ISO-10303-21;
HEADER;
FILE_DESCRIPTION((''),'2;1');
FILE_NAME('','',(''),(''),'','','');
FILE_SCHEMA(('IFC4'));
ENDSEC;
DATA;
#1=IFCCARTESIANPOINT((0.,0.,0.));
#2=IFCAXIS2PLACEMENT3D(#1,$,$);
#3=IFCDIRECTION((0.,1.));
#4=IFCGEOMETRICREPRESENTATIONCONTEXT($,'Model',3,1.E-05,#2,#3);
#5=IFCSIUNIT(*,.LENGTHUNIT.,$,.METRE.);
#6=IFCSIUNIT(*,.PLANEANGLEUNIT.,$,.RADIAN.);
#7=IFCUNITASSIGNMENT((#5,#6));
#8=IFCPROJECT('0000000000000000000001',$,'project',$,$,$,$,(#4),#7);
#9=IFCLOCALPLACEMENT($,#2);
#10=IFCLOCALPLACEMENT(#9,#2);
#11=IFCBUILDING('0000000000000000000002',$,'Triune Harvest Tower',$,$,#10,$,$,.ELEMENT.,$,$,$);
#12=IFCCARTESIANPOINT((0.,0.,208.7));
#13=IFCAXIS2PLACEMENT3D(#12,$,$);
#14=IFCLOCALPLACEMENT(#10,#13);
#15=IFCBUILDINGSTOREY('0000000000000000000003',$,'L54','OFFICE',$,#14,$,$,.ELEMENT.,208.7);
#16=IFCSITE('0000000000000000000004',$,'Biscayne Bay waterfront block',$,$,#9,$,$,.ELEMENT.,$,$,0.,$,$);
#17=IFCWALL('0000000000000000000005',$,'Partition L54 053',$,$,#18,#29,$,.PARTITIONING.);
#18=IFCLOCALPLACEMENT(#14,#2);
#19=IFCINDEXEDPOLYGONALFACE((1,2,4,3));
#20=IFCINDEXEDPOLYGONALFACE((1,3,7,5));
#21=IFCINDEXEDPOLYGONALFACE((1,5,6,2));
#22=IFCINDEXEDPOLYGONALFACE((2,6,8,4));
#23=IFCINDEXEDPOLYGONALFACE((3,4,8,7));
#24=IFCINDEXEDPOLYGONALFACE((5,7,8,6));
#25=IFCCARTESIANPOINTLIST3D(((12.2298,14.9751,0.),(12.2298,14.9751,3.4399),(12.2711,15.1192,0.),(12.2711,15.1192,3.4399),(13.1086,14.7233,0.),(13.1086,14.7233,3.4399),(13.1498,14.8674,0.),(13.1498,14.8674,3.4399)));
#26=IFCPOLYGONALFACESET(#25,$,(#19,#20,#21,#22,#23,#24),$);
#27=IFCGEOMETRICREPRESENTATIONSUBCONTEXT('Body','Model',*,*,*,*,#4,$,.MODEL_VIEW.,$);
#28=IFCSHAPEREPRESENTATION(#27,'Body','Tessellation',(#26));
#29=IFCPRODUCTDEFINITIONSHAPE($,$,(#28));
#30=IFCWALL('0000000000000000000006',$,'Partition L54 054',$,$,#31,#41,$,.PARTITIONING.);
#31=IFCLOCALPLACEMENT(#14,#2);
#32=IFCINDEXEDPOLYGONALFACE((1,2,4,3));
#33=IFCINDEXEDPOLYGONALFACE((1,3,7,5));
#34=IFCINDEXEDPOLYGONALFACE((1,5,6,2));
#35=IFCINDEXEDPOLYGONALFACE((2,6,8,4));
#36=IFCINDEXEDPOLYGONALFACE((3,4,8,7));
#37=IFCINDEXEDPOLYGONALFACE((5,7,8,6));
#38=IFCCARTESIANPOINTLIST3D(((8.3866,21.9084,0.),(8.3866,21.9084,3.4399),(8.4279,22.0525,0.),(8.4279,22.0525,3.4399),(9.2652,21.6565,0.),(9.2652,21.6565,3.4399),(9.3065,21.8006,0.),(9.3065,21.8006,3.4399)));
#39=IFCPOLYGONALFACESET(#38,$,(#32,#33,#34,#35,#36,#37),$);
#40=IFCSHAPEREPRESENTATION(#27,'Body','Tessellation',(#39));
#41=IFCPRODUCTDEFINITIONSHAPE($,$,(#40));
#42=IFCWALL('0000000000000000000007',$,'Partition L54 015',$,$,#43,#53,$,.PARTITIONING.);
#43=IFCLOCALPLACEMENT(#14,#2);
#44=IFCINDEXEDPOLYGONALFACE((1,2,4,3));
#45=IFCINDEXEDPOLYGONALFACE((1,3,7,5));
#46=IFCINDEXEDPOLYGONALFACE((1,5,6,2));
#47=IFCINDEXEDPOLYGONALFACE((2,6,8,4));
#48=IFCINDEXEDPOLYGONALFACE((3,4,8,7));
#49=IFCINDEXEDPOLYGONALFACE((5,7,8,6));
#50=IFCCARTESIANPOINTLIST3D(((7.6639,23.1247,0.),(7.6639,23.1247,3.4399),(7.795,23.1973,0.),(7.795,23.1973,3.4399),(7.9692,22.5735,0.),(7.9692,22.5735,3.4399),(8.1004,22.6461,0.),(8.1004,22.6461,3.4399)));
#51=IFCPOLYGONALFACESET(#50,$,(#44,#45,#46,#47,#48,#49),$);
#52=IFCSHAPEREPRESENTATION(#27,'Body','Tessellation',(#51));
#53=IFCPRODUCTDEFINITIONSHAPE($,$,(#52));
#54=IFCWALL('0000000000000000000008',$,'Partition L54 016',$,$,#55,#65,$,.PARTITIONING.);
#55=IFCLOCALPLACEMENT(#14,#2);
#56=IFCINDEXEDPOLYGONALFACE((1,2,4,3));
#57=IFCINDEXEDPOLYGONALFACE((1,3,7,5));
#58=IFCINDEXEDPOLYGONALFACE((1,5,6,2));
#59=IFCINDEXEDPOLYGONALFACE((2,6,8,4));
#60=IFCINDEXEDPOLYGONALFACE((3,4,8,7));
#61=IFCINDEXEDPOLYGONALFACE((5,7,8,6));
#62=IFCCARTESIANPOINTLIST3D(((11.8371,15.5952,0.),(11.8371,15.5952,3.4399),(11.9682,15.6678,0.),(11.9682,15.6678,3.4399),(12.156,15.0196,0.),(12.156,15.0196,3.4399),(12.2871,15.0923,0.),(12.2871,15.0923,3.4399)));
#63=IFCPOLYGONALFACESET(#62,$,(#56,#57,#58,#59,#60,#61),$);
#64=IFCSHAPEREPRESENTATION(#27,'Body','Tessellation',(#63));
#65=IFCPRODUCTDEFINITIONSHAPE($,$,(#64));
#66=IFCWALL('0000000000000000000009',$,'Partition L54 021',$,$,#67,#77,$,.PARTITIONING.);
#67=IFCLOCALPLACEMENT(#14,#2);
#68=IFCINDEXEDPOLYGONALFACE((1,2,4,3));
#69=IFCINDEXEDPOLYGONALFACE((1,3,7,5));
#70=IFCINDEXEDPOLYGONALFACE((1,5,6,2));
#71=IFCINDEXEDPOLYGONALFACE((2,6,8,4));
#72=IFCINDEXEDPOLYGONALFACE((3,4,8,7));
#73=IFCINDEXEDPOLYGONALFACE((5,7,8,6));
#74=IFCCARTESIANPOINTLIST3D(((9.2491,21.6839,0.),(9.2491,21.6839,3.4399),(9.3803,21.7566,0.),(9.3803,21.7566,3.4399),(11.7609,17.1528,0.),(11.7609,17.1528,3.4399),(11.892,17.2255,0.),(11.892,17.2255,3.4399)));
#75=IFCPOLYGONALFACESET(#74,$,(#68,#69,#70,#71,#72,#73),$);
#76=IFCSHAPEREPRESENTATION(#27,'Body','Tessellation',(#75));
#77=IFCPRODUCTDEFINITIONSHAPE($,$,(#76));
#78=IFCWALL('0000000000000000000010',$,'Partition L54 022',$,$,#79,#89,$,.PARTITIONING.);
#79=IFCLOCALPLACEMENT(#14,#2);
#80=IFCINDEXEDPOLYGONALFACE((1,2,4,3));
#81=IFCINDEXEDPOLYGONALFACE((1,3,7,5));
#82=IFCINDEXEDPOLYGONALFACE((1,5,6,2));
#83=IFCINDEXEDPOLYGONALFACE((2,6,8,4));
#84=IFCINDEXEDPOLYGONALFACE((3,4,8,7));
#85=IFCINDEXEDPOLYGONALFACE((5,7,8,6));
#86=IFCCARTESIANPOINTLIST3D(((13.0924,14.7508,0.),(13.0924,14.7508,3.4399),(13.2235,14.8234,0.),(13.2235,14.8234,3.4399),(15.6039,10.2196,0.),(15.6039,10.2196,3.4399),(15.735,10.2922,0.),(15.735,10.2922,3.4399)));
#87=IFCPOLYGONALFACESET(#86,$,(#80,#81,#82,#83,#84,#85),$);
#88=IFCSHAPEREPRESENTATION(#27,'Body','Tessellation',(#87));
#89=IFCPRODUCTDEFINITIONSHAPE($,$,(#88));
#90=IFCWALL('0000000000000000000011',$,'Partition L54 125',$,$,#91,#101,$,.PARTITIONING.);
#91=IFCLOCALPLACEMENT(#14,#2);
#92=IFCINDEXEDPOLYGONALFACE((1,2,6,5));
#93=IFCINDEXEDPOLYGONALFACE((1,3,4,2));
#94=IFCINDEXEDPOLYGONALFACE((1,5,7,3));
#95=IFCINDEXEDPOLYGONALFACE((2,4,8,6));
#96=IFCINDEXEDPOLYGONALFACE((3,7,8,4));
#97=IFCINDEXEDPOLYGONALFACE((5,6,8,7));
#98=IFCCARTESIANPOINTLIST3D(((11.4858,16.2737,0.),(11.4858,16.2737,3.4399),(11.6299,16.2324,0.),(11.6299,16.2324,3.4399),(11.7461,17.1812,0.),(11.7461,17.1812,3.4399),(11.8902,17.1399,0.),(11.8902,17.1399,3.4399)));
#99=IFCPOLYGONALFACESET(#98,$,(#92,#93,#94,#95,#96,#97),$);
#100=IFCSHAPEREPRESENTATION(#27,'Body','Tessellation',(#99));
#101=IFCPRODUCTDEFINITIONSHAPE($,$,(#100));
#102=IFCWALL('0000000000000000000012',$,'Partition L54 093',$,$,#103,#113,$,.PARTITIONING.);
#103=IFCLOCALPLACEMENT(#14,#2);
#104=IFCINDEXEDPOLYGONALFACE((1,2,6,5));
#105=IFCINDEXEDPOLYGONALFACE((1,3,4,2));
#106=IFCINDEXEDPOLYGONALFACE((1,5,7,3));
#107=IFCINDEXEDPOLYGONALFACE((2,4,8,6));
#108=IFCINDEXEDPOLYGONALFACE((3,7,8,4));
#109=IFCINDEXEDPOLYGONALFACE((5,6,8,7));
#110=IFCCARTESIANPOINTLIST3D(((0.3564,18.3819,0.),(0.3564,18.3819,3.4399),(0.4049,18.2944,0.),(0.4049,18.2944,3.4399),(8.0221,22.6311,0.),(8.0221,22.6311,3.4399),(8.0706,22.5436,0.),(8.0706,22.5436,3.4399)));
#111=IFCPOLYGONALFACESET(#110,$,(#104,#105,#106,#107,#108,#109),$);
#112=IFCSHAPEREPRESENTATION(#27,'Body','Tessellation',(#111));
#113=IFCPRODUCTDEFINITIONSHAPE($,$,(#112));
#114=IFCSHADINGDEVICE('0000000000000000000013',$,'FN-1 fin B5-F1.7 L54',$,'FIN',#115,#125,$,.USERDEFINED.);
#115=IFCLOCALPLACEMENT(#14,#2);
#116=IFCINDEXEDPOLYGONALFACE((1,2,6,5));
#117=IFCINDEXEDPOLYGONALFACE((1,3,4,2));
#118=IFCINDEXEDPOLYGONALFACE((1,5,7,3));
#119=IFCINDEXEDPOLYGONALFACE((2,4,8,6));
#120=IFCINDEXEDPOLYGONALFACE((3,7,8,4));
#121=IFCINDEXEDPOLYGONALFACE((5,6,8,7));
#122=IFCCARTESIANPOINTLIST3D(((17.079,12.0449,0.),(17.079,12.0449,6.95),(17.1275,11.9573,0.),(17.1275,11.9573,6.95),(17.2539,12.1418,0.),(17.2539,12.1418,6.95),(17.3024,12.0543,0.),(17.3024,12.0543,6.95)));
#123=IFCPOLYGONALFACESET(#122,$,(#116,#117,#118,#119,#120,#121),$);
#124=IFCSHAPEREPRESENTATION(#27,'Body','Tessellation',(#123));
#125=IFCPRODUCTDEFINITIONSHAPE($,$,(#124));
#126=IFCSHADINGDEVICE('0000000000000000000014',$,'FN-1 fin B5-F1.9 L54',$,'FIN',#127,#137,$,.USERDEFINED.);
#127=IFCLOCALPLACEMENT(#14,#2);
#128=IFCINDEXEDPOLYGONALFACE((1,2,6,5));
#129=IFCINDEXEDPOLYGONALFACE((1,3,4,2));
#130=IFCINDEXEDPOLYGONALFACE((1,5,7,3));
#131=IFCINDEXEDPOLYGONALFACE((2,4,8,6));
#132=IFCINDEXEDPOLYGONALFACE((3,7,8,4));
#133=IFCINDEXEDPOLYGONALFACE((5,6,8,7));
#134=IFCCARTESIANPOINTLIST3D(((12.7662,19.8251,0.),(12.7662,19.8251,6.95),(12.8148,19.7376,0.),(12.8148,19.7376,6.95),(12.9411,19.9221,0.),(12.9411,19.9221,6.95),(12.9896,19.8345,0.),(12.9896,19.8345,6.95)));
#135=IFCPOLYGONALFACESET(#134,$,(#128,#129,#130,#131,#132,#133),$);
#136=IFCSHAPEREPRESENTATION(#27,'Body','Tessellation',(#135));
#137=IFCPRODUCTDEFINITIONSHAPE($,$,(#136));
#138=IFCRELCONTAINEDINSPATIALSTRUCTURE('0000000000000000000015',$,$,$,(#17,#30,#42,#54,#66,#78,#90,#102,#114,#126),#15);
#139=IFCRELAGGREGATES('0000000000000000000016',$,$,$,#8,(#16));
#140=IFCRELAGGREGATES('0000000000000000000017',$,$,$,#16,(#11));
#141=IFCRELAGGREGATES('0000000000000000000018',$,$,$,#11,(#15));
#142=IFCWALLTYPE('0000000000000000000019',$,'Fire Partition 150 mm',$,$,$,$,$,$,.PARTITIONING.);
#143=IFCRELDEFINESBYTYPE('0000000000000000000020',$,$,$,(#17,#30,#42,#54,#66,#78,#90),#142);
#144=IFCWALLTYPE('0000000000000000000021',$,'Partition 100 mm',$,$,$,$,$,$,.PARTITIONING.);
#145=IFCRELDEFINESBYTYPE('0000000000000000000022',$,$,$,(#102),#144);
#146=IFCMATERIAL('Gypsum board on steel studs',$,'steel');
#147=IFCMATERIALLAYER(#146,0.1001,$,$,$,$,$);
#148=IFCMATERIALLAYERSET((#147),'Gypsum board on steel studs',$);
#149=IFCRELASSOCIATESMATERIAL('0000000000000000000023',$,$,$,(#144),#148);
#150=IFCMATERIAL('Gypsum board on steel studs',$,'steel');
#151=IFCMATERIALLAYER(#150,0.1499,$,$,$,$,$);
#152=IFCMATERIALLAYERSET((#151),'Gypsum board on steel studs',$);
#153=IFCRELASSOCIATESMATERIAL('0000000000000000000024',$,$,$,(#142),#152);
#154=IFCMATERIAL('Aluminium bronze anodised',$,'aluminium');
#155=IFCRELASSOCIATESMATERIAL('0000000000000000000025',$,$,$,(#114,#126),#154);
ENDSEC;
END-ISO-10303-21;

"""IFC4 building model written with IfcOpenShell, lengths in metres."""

from ifc_helpers import new_model, si_unit, direction, frame, frame_2d, origin, origin_2d, place, context, subcontext, project, spatial, rectangle, extrude, source, transform, mapped, material, layer, layer_set, type_object, element, save


model = new_model("IFC4")

# Units and contexts
model_context = context("Model", 3, precision=1e-05, world=origin(), true_north=direction((0.0, 1.0)))
body_context = subcontext(model_context, "Body", "Model", "MODEL_VIEW")
ifc_project = project(units=[si_unit("LENGTHUNIT", "METRE"), si_unit("PLANEANGLEUNIT", "RADIAN")], contexts=[model_context])

# Site, building, storey
site_placement = place(None, origin())
site = spatial("IfcSite", under=ifc_project, at=site_placement, Name="Biscayne Bay waterfront block", CompositionType="ELEMENT", RefElevation=0.0)
building_placement = place(site_placement, origin())
building = spatial("IfcBuilding", under=site, at=building_placement, Name="Triune Harvest Tower", CompositionType="ELEMENT")
storey_placement = place(building_placement, frame((0.0, 0.0, 208.7)))
storey = spatial("IfcBuildingStorey", under=building, at=storey_placement, Name="L54", Description="OFFICE", CompositionType="ELEMENT", Elevation=208.7)

# Shared definitions
ifc_material_1 = material(Name="Gypsum board on steel studs", Category="steel")
ifc_layer_1 = layer(ifc_material_1, 0.1001)
ifc_layer_set_1 = layer_set([ifc_layer_1], Name="Gypsum board on steel studs")
wall_type_1 = type_object("IfcWallType", Name="Partition 100 mm", PredefinedType="PARTITIONING", material=ifc_layer_set_1)

# Shared definitions
ifc_material_2 = material(Name="Gypsum board on steel studs", Category="steel")
ifc_layer_2 = layer(ifc_material_2, 0.1499)
ifc_layer_set_2 = layer_set([ifc_layer_2], Name="Gypsum board on steel studs")
wall_type_2 = type_object("IfcWallType", Name="Fire Partition 150 mm", PredefinedType="PARTITIONING", material=ifc_layer_set_2)

# Walls
shared_shape_1 = source(origin(), body_context, "Body", "SweptSolid", [
    extrude(rectangle(XDim=0.9141, YDim=0.1499, at=frame_2d((0.457, 0.0))), origin(), (0.0, 0.0, 1.0), 3.4399),
])
for number, where, z_axis, x_axis, name in (
    (1, (12.2505, 15.0471, 0.0), (0.0, 0.0, 1.0), (0.961332, -0.275391, 0.0), "Partition L54 053"),
    (2, (8.4072, 21.9805, 0.0), (0.0, 0.0, 1.0), (0.961261, -0.275638, 0.0), "Partition L54 054"),
):
    element("IfcWall", number, at=place(storey_placement, frame(where, z_axis=z_axis, x_axis=x_axis)), inside=storey, type_object=wall_type_2, Name=name, PredefinedType="PARTITIONING", context=body_context, shape_type="MappedRepresentation", body=[
        mapped(shared_shape_1, transform((0.0, 0.0, 0.0), scale=1.0)),
    ])
shared_shape_2 = source(origin(), body_context, "Body", "SweptSolid", [
    extrude(rectangle(XDim=0.6301, YDim=0.1499, at=frame_2d((0.3149, 0.0))), origin(), (0.0, 0.0, 1.0), 3.4399),
])
wall_1_placement = place(storey_placement, frame((7.7295, 23.1609, 0.0), z_axis=(0.0, 0.0, 1.0), x_axis=(0.484623, -0.874723, 0.0)))
element("IfcWall", 3, at=wall_1_placement, inside=storey, type_object=wall_type_2, Name="Partition L54 015", PredefinedType="PARTITIONING", context=body_context, shape_type="MappedRepresentation", body=[
    mapped(shared_shape_2, transform((0.0, 0.0, 0.0), scale=1.0)),
])
shared_shape_3 = source(origin(), body_context, "Body", "SweptSolid", [
    extrude(rectangle(XDim=0.658, YDim=0.1499, at=frame_2d((0.3291, 0.0))), origin(), (0.0, 0.0, 1.0), 3.4399),
])
wall_2_placement = place(storey_placement, frame((11.9026, 15.6316, 0.0), z_axis=(0.0, 0.0, 1.0), x_axis=(0.484666, -0.874699, 0.0)))
element("IfcWall", 4, at=wall_2_placement, inside=storey, type_object=wall_type_2, Name="Partition L54 016", PredefinedType="PARTITIONING", context=body_context, shape_type="MappedRepresentation", body=[
    mapped(shared_shape_3, transform((0.0, 0.0, 0.0), scale=1.0)),
])
shared_shape_4 = source(origin(), body_context, "Body", "SweptSolid", [
    extrude(rectangle(XDim=5.1807, YDim=0.1499, at=frame_2d((2.5903, 0.0))), origin(), (0.0, 0.0, 1.0), 3.4399),
])
for number, where, z_axis, x_axis, name in (
    (5, (9.3147, 21.7202, 0.0), (0.0, 0.0, 1.0), (0.48483, -0.874608, 0.0), "Partition L54 021"),
    (6, (13.158, 14.7871, 0.0), (0.0, 0.0, 1.0), (0.484774, -0.874639, 0.0), "Partition L54 022"),
):
    element("IfcWall", number, at=place(storey_placement, frame(where, z_axis=z_axis, x_axis=x_axis)), inside=storey, type_object=wall_type_2, Name=name, PredefinedType="PARTITIONING", context=body_context, shape_type="MappedRepresentation", body=[
        mapped(shared_shape_4, transform((0.0, 0.0, 0.0), scale=1.0)),
    ])
shared_shape_5 = source(origin(), body_context, "Body", "SweptSolid", [
    extrude(rectangle(XDim=0.9441, YDim=0.1499, at=frame_2d((0.4722, 0.0))), origin(), (0.0, 0.0, 1.0), 3.4399),
])
wall_3_placement = place(storey_placement, frame((11.5579, 16.2529, 0.0), z_axis=(0.0, 0.0, 1.0), x_axis=(0.275677, 0.96125, 0.0)))
element("IfcWall", 7, at=wall_3_placement, inside=storey, type_object=wall_type_2, Name="Partition L54 125", PredefinedType="PARTITIONING", context=body_context, shape_type="MappedRepresentation", body=[
    mapped(shared_shape_5, transform((0.0, 0.0, 0.0), scale=1.0)),
])
shared_shape_6 = source(origin(), body_context, "Body", "SweptSolid", [
    extrude(rectangle(XDim=8.7646, YDim=0.1001, at=frame_2d((4.3823, 0.0))), origin(), (0.0, 0.0, 1.0), 3.4399),
])
wall_4_placement = place(storey_placement, frame((0.3806, 18.3381, 0.0), z_axis=(0.0, 0.0, 1.0), x_axis=(0.874617, 0.484815, 0.0)))
element("IfcWall", 8, at=wall_4_placement, inside=storey, type_object=wall_type_1, Name="Partition L54 093", PredefinedType="PARTITIONING", context=body_context, shape_type="MappedRepresentation", body=[
    mapped(shared_shape_6, transform((0.0, 0.0, 0.0), scale=1.0)),
])

# Shading devices
ifc_material_3 = material(Name="Aluminium bronze anodised", Category="aluminium")
shared_shape_7 = source(origin(), body_context, "Body", "SweptSolid", [
    extrude(rectangle(XDim=0.1001, YDim=0.2, at=origin_2d()), origin(), (0.0, 0.0, 1.0), 6.95),
])
for number, where, z_axis, x_axis, name in (
    (9, (17.1907, 12.0496, 0.0), (0.0, 0.0, 1.0), (-0.484808, 0.87462, 0.0), "FN-1 fin B5-F1.7 L54"),
    (10, (12.8779, 19.8298, 0.0), (0.0, 0.0, 1.0), (-0.484808, 0.87462, 0.0), "FN-1 fin B5-F1.9 L54"),
):
    element("IfcShadingDevice", number, at=place(storey_placement, frame(where, z_axis=z_axis, x_axis=x_axis)), inside=storey, material=ifc_material_3, Name=name, ObjectType="FIN", PredefinedType="USERDEFINED", context=body_context, shape_type="MappedRepresentation", body=[
        mapped(shared_shape_7, transform((0.0, 0.0, 0.0), scale=1.0)),
    ])

save(model, "model.ifc")
